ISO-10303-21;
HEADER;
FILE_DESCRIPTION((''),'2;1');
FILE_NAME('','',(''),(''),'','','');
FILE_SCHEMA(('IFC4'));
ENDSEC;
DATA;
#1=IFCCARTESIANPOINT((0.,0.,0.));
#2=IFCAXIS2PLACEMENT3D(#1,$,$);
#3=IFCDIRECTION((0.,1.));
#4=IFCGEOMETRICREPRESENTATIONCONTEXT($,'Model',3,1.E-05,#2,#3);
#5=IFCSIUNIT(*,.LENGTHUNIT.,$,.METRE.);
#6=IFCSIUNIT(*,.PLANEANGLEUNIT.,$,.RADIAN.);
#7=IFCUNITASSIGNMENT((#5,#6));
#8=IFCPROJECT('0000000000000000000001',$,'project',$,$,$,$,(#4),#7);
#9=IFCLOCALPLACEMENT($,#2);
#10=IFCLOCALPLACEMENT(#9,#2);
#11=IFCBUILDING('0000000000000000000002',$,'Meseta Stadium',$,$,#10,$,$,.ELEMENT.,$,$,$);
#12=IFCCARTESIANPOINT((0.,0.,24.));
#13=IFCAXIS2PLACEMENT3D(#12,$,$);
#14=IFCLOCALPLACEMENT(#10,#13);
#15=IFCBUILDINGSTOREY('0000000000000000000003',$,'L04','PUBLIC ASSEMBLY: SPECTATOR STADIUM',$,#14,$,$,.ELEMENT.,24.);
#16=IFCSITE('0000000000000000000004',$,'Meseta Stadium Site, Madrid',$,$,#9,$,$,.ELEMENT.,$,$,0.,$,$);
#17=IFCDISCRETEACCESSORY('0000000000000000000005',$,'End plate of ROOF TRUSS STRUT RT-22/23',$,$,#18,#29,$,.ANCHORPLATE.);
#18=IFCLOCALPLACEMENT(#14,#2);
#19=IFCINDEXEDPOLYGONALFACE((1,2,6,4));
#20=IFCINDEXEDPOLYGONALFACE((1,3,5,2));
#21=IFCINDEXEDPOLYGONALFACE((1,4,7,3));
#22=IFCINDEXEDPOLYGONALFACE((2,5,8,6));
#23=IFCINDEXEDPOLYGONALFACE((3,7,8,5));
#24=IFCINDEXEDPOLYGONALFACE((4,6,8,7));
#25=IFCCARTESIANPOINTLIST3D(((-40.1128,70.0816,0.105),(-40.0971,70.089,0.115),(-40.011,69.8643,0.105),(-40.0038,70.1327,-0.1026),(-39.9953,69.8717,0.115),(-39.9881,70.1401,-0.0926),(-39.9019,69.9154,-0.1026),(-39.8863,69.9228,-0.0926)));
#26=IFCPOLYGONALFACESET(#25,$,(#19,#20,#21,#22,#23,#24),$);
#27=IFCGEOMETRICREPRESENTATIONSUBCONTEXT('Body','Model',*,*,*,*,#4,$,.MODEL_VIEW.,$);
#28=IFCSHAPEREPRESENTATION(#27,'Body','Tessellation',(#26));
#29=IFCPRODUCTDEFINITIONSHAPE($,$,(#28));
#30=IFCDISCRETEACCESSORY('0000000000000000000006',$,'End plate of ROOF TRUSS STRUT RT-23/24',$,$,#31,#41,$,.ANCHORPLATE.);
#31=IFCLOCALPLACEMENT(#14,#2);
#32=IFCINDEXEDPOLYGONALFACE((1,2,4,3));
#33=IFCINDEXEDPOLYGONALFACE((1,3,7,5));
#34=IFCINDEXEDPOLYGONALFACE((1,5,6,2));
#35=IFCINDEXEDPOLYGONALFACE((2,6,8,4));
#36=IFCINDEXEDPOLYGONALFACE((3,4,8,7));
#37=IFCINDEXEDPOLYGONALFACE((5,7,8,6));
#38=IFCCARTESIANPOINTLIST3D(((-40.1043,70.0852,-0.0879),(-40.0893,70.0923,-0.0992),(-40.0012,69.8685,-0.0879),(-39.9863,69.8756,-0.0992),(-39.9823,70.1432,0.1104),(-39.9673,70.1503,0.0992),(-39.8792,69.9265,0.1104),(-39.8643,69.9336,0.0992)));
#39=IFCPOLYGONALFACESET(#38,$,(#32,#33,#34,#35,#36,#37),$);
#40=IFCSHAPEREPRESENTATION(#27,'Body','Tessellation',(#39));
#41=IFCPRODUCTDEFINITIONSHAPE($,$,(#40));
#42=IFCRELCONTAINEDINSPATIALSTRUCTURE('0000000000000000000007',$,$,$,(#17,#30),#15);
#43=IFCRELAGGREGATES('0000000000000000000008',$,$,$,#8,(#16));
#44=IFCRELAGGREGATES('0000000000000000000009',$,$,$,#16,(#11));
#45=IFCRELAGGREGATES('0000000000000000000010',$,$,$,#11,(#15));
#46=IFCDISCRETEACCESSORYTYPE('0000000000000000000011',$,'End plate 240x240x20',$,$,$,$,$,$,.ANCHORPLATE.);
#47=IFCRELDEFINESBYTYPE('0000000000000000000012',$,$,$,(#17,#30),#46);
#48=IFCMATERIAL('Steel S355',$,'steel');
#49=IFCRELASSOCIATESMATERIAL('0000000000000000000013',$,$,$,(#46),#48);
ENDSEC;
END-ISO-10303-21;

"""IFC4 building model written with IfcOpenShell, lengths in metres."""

from ifc_helpers import new_model, si_unit, direction, frame, origin, origin_2d, place, context, subcontext, project, spatial, rectangle, extrude, material, material_profile, profile_set, type_object, element, save


model = new_model("IFC4")

# Units and contexts
model_context = context("Model", 3, precision=1e-05, world=origin(), true_north=direction((0.0, 1.0)))
body_context = subcontext(model_context, "Body", "Model", "MODEL_VIEW")
ifc_project = project(units=[si_unit("LENGTHUNIT", "METRE"), si_unit("PLANEANGLEUNIT", "RADIAN")], contexts=[model_context])

# Site, building, storey
site_placement = place(None, origin())
site = spatial("IfcSite", under=ifc_project, at=site_placement, Name="Meseta Stadium Site, Madrid", CompositionType="ELEMENT", RefElevation=0.0)
building_placement = place(site_placement, origin())
building = spatial("IfcBuilding", under=site, at=building_placement, Name="Meseta Stadium", CompositionType="ELEMENT")
storey_placement = place(building_placement, frame((0.0, 0.0, 24.0)))
storey = spatial("IfcBuildingStorey", under=building, at=storey_placement, Name="L04", Description="PUBLIC ASSEMBLY: SPECTATOR STADIUM", CompositionType="ELEMENT", Elevation=24.0)

# Discrete accessories
ifc_material_1 = material(Name="Steel S355", Category="steel")
ifc_material_profile_1 = material_profile(ifc_material_1, rectangle(XDim=0.24, YDim=0.24, at=origin_2d()), Name="PL 240x240")
ifc_profile_set_1 = profile_set([ifc_material_profile_1], Name="Steel S355")
discrete_accessory_type_1 = type_object("IfcDiscreteAccessoryType", Name="End plate 240x240x20", PredefinedType="ANCHORPLATE", material=ifc_profile_set_1)
for number, where, z_axis, x_axis, name in (
    (1, (-39.9917, 70.0059, 0.0112), (-0.78323, -0.367139, -0.501757), (0.424434, -0.905459, 0.0), "End plate of ROOF TRUSS STRUT RT-22/23"),
    (2, (-39.9768, 70.0129, 0.0), (-0.74646, -0.354874, 0.562904), (0.429359, -0.903134, 0.0), "End plate of ROOF TRUSS STRUT RT-23/24"),
):
    element("IfcDiscreteAccessory", number, at=place(storey_placement, frame(where, z_axis=z_axis, x_axis=x_axis)), inside=storey, type_object=discrete_accessory_type_1, Name=name, PredefinedType="ANCHORPLATE", context=body_context, shape_type="SweptSolid", body=[
        extrude(rectangle(XDim=0.24, YDim=0.24, at=origin_2d()), origin(), (0.0, 0.0, 1.0), 0.02),
    ])

save(model, "model.ifc")
